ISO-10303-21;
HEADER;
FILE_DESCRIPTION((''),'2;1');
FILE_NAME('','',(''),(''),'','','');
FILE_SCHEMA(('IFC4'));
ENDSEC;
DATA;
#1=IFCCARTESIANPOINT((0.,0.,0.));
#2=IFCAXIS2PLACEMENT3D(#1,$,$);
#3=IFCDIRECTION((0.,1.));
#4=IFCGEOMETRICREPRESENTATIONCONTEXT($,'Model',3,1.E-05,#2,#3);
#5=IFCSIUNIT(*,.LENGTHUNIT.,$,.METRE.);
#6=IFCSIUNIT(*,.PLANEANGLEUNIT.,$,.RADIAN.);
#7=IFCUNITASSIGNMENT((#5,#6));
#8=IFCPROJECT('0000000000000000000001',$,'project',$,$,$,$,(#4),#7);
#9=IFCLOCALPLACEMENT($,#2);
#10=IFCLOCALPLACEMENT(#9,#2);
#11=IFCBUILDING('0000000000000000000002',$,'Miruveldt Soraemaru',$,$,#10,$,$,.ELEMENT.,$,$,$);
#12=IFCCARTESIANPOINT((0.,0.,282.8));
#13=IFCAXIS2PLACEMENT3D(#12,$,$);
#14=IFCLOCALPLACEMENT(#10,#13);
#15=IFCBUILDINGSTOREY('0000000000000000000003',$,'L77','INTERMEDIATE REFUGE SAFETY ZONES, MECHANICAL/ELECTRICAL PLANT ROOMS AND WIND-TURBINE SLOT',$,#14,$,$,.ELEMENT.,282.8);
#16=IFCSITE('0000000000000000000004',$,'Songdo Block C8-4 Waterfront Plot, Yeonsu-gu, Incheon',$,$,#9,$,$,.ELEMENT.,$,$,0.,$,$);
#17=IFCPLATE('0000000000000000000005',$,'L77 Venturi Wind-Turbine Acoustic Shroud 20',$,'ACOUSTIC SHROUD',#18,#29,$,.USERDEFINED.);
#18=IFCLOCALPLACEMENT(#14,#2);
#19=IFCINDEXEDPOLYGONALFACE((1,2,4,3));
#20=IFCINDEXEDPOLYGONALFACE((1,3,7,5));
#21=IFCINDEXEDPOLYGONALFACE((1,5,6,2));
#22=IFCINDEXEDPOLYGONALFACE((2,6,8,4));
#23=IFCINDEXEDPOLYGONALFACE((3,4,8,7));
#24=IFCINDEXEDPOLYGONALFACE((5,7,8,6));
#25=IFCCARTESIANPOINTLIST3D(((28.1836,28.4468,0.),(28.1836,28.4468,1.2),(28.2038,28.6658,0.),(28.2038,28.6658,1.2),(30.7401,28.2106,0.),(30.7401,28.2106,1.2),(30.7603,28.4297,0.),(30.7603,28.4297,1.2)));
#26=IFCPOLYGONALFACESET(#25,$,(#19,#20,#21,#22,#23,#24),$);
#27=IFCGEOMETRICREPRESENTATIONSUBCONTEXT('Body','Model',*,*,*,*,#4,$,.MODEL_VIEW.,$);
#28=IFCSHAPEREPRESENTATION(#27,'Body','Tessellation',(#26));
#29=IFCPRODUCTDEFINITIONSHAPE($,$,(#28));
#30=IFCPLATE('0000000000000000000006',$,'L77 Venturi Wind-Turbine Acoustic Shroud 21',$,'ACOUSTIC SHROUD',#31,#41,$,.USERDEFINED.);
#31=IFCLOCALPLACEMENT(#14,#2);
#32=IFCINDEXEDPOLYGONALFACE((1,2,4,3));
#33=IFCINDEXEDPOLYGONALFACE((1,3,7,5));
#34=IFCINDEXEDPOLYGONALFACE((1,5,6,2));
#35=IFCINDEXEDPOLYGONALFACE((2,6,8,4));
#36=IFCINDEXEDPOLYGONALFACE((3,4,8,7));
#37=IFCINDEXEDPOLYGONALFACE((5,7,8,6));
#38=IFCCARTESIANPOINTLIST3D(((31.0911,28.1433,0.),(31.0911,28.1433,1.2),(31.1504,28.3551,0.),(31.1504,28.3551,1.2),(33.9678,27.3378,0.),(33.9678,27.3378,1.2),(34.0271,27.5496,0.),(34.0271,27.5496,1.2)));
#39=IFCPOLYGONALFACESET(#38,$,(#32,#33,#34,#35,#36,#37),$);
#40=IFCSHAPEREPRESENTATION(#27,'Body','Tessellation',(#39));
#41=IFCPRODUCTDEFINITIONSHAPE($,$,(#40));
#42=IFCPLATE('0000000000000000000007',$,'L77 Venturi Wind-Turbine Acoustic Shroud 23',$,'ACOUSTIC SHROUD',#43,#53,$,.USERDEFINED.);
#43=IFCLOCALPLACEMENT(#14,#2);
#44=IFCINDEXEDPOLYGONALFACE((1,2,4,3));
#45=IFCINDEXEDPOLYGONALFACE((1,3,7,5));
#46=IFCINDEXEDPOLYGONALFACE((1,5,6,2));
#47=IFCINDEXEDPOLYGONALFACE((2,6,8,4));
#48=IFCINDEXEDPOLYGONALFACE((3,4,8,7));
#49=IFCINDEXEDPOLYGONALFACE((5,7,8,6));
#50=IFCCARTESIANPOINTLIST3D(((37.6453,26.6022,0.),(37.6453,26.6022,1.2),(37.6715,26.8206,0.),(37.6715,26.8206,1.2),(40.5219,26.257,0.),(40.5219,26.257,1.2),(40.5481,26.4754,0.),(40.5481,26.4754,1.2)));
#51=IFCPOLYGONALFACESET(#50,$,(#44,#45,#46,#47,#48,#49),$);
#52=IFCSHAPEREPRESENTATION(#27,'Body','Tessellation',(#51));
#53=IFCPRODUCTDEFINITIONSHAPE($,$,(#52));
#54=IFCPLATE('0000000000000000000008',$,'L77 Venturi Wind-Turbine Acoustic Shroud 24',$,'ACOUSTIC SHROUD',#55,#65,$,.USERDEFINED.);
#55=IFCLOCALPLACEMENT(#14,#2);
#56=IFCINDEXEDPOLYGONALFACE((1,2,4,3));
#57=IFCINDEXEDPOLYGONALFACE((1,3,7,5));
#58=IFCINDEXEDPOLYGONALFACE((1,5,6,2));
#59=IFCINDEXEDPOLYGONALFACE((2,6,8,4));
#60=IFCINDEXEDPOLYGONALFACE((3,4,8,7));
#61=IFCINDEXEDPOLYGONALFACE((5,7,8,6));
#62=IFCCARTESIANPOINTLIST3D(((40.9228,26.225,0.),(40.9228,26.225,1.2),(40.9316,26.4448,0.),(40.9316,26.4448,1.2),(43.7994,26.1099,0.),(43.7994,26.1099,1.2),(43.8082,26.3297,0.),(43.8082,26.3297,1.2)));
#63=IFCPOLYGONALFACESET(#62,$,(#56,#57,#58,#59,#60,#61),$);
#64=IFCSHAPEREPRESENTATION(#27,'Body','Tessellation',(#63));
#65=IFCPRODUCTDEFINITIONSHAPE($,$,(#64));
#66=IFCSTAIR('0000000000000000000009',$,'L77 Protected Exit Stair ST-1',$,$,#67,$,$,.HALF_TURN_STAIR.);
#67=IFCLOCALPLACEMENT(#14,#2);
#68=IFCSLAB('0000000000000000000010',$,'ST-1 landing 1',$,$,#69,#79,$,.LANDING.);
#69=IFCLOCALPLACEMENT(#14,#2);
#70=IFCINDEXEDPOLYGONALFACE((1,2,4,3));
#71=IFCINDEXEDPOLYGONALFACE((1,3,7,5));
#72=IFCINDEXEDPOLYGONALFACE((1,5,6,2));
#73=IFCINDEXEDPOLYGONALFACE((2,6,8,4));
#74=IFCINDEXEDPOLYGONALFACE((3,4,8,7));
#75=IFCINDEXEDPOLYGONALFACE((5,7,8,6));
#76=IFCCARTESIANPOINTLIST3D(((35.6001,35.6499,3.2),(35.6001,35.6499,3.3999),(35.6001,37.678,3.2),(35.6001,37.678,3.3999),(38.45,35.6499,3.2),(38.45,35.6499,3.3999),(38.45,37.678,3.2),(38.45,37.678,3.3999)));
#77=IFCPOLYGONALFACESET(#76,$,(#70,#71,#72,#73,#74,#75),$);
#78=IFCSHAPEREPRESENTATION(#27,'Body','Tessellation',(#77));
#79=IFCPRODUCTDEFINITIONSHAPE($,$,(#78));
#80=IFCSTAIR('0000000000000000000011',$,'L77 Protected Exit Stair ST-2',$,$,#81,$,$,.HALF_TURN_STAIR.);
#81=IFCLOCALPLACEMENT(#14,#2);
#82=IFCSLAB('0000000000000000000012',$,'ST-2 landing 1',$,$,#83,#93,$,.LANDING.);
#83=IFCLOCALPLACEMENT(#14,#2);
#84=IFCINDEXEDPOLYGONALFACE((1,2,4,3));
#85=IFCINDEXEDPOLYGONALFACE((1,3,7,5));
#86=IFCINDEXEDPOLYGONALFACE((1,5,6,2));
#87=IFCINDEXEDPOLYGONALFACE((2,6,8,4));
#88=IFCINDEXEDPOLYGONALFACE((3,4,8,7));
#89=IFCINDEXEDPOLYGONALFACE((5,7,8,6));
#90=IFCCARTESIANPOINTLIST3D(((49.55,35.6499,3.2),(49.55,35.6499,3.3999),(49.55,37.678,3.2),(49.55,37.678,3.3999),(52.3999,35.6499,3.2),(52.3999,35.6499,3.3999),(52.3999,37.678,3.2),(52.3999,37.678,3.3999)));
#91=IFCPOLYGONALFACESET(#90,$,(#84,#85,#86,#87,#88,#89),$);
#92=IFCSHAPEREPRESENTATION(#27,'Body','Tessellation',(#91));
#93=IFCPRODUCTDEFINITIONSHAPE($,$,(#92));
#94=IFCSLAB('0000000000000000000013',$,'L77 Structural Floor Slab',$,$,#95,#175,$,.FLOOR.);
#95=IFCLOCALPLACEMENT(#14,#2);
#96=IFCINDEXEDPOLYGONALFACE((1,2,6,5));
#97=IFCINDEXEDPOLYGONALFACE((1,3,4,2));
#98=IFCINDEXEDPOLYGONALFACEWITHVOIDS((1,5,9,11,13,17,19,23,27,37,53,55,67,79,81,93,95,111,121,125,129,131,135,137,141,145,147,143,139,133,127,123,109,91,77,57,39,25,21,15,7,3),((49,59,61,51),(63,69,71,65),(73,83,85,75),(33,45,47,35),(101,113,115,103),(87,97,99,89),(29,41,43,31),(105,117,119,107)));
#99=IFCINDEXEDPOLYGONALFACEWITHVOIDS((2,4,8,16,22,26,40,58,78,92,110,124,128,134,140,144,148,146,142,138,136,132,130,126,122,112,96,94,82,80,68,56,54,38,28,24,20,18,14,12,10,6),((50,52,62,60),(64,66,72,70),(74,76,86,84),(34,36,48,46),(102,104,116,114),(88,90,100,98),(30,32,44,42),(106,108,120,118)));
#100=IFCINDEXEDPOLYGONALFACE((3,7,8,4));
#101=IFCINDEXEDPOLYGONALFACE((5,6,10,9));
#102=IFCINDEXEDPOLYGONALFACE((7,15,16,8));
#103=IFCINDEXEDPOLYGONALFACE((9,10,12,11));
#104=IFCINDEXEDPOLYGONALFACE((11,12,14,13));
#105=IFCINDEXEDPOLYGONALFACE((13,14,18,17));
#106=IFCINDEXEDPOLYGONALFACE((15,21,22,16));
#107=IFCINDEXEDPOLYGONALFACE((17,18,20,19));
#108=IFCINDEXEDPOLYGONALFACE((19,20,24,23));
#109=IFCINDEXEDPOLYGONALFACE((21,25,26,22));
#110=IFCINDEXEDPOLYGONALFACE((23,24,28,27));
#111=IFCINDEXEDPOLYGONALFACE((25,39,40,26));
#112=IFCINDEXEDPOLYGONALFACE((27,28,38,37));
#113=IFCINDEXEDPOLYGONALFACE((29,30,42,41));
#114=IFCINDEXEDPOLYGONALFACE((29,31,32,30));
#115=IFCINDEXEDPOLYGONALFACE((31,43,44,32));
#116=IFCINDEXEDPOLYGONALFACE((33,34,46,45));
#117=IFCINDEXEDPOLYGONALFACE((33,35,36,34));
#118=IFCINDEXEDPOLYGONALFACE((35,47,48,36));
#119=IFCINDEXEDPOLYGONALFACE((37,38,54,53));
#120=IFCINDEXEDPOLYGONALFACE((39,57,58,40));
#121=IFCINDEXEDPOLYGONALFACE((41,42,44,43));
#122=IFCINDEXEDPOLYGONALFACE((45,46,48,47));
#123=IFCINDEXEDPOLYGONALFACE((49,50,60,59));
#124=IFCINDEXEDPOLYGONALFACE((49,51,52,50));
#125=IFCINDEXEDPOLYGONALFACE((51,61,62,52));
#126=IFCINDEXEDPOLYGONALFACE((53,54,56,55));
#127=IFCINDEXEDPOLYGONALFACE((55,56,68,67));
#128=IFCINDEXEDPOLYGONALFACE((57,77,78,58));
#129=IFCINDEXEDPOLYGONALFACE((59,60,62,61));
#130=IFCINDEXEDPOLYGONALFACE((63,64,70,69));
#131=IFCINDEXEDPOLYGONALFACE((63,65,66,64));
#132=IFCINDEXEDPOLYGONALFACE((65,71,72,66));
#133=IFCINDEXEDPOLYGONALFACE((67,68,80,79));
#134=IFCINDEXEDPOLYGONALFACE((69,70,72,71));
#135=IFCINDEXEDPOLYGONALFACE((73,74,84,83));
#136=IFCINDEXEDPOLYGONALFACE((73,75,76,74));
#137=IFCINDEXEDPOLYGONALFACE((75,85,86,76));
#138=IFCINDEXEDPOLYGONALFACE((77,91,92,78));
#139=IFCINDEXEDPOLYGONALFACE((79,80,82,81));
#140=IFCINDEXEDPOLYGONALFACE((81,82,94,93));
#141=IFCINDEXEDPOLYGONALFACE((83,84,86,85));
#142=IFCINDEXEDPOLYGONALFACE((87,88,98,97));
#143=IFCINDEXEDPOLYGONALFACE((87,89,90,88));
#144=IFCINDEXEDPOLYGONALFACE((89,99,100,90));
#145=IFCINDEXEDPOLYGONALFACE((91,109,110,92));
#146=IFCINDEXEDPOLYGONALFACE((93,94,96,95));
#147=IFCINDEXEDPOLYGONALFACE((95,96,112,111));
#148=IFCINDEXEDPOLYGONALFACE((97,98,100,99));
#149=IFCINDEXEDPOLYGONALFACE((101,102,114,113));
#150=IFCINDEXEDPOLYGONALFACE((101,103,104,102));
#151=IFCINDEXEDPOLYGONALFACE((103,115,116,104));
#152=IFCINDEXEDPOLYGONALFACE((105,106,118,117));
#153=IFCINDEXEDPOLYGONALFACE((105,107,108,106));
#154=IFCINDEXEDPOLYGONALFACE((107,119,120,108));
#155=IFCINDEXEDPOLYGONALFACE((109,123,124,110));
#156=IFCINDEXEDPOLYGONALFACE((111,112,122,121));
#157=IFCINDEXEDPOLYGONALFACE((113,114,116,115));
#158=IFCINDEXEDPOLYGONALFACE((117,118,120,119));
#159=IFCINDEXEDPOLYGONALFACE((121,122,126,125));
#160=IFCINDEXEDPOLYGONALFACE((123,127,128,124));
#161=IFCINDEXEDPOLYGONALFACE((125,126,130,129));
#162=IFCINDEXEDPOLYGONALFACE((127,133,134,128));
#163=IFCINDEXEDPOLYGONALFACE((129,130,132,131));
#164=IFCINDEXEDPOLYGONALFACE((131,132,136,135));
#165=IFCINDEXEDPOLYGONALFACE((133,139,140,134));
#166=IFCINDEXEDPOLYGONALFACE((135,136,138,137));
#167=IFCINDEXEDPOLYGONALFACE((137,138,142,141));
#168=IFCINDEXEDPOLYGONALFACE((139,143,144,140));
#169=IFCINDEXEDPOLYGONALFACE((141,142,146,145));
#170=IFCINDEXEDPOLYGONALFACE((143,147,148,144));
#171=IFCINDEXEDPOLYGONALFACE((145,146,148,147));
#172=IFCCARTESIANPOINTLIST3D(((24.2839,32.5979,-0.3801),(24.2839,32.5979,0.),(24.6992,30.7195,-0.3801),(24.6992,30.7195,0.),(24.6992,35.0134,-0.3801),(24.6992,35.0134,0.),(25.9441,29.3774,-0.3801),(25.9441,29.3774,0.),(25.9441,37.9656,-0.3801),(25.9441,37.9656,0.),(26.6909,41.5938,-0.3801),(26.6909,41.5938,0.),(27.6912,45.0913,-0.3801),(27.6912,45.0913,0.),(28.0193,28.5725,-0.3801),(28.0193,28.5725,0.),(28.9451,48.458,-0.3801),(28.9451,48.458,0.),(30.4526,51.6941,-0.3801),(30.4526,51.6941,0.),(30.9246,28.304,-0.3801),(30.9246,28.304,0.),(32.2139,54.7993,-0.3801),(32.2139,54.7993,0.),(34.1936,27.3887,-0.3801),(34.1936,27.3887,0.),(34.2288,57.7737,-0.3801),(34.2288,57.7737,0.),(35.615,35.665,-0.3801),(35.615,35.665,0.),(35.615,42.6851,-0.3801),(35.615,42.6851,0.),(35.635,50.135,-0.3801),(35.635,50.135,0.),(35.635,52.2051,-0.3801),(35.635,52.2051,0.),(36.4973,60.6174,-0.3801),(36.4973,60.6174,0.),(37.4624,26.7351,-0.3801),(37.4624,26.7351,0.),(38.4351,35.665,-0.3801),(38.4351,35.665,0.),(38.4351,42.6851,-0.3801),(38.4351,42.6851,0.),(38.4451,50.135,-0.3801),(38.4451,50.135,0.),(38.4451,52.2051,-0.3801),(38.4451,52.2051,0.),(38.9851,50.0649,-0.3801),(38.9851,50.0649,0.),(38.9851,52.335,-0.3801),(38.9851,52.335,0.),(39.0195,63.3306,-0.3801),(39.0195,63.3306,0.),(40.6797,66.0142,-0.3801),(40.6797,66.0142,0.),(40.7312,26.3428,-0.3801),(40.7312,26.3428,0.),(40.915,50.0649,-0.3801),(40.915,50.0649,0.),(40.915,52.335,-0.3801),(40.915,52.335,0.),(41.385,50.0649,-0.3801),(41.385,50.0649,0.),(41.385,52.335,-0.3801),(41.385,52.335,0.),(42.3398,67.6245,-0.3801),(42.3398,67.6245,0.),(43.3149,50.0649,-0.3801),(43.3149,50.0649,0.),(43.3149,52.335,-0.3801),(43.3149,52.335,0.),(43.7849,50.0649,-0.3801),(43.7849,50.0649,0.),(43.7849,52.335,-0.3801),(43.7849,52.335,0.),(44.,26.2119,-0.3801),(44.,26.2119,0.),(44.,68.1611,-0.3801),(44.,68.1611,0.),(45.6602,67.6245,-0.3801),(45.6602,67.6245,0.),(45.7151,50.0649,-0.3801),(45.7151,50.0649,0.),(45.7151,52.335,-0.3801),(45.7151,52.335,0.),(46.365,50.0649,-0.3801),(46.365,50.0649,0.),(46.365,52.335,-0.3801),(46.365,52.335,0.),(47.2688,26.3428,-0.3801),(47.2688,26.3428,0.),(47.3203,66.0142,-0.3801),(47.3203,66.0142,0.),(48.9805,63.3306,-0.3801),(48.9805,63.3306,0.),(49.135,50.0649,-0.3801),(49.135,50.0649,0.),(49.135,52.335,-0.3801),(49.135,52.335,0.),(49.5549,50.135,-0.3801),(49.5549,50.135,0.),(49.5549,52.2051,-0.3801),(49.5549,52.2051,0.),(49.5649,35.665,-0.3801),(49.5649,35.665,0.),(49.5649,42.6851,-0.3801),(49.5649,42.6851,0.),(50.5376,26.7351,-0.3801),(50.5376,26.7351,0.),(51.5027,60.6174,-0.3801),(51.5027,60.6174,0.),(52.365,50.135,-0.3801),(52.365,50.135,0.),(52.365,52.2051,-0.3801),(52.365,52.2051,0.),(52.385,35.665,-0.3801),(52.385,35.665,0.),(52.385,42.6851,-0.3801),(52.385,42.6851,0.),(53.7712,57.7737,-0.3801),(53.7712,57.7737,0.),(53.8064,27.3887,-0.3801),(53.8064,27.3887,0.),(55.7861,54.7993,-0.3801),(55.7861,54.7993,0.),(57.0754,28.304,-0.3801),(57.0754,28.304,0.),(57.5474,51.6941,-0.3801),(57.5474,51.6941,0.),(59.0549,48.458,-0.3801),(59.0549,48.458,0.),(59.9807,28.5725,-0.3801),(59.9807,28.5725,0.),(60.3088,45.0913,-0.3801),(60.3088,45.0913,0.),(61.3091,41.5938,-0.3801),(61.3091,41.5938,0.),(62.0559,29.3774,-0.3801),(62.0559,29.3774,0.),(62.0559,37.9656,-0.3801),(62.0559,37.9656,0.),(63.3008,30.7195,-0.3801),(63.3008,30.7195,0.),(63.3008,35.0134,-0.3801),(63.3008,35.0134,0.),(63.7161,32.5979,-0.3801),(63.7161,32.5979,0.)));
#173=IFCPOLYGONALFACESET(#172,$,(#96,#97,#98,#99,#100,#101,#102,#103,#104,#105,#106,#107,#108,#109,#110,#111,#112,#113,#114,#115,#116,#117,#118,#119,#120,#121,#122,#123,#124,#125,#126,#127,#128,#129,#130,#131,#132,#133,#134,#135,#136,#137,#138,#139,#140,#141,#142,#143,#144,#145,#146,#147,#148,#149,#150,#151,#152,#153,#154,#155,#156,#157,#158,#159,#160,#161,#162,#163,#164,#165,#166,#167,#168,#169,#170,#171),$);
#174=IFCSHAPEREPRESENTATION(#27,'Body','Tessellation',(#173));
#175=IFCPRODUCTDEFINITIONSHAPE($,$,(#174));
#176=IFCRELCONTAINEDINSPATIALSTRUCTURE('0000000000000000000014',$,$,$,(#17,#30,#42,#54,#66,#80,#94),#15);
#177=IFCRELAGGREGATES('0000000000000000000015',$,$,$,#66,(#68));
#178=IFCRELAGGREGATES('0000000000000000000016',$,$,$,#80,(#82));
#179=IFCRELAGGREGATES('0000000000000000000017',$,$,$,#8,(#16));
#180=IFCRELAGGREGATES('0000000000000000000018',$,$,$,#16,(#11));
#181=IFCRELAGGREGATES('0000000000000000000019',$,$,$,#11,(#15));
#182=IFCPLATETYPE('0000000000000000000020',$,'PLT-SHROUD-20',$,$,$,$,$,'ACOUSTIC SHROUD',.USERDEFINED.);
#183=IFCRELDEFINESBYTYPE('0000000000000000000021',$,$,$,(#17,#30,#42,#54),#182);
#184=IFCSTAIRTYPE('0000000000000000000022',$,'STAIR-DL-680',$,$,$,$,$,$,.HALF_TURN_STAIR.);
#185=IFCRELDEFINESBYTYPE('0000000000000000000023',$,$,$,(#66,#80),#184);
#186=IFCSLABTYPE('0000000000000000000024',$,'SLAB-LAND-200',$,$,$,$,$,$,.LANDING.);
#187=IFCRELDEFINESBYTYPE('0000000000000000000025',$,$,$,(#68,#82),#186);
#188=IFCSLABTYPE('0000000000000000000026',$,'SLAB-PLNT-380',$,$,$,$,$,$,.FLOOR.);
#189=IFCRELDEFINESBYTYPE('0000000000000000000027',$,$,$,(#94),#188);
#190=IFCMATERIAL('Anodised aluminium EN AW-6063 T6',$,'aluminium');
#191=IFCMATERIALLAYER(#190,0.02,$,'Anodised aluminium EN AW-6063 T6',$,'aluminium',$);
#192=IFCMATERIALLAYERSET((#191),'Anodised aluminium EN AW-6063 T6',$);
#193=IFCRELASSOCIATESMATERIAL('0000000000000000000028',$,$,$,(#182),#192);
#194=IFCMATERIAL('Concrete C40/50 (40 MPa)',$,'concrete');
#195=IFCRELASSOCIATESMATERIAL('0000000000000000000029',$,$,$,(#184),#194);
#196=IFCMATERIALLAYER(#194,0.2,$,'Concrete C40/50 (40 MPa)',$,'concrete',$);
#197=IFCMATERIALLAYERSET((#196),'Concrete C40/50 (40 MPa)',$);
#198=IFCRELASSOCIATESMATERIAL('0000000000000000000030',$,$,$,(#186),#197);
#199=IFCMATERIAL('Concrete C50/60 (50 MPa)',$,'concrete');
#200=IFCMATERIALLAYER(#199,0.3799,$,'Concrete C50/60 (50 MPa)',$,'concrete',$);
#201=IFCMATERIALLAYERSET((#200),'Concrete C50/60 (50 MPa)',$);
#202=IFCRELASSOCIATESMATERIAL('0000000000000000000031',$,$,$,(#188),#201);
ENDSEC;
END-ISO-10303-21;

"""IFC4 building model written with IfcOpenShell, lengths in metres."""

from ifc_helpers import new_model, si_unit, direction, frame, origin, origin_2d, place, context, subcontext, project, spatial, polyline, rectangle, outline, extrude, material, layer, layer_set, type_object, element, aggregate, save


model = new_model("IFC4")

# Units and contexts
model_context = context("Model", 3, precision=1e-05, world=origin(), true_north=direction((0.0, 1.0)))
body_context = subcontext(model_context, "Body", "Model", "MODEL_VIEW")
ifc_project = project(units=[si_unit("LENGTHUNIT", "METRE"), si_unit("PLANEANGLEUNIT", "RADIAN")], contexts=[model_context])

# Site, building, storey
site_placement = place(None, origin())
site = spatial("IfcSite", under=ifc_project, at=site_placement, Name="Songdo Block C8-4 Waterfront Plot, Yeonsu-gu, Incheon", CompositionType="ELEMENT", RefElevation=0.0)
building_placement = place(site_placement, origin())
building = spatial("IfcBuilding", under=site, at=building_placement, Name="Miruveldt Soraemaru", CompositionType="ELEMENT")
storey_placement = place(building_placement, frame((0.0, 0.0, 282.8)))
storey = spatial("IfcBuildingStorey", under=building, at=storey_placement, Name="L77", Description="INTERMEDIATE REFUGE SAFETY ZONES, MECHANICAL/ELECTRICAL PLANT ROOMS AND WIND-TURBINE SLOT", CompositionType="ELEMENT", Elevation=282.8)

# Shared definitions
ifc_material_1 = material(Name="Concrete C50/60 (50 MPa)", Category="concrete")

# Plates
ifc_material_2 = material(Name="Anodised aluminium EN AW-6063 T6", Category="aluminium")
ifc_layer_1 = layer(ifc_material_2, 0.02, Name="Anodised aluminium EN AW-6063 T6", Category="aluminium")
ifc_layer_set_1 = layer_set([ifc_layer_1], Name="Anodised aluminium EN AW-6063 T6")
plate_type_1 = type_object("IfcPlateType", Name="PLT-SHROUD-20", ElementType="ACOUSTIC SHROUD", PredefinedType="USERDEFINED", material=ifc_layer_set_1)
plate_1_placement = place(storey_placement, frame((29.4719, 28.4382, 0.0), z_axis=(0.0, 0.0, 1.0), x_axis=(0.99576, -0.091988, 0.0)))
element("IfcPlate", 1, at=plate_1_placement, inside=storey, type_object=plate_type_1, Name="L77 Venturi Wind-Turbine Acoustic Shroud 20", ObjectType="ACOUSTIC SHROUD", PredefinedType="USERDEFINED", context=body_context, shape_type="SweptSolid", body=[
    extrude(rectangle(XDim=2.5674, YDim=0.22, at=origin_2d()), origin(), (0.0, 0.0, 1.0), 1.2),
])
plate_2_placement = place(storey_placement, frame((32.5591, 27.8464, 0.0), z_axis=(0.0, 0.0, 1.0), x_axis=(0.962965, -0.269626, 0.0)))
element("IfcPlate", 2, at=plate_2_placement, inside=storey, type_object=plate_type_1, Name="L77 Venturi Wind-Turbine Acoustic Shroud 21", ObjectType="ACOUSTIC SHROUD", PredefinedType="USERDEFINED", context=body_context, shape_type="SweptSolid", body=[
    extrude(rectangle(XDim=2.9873, YDim=0.22, at=origin_2d()), origin(), (0.0, 0.0, 1.0), 1.2),
])
plate_3_placement = place(storey_placement, frame((39.0967, 26.5388, 0.0), z_axis=(0.0, 0.0, 1.0), x_axis=(0.992876, -0.119149, 0.0)))
element("IfcPlate", 3, at=plate_3_placement, inside=storey, type_object=plate_type_1, Name="L77 Venturi Wind-Turbine Acoustic Shroud 23", ObjectType="ACOUSTIC SHROUD", PredefinedType="USERDEFINED", context=body_context, shape_type="SweptSolid", body=[
    extrude(rectangle(XDim=2.8972, YDim=0.22, at=origin_2d()), origin(), (0.0, 0.0, 1.0), 1.2),
])
plate_4_placement = place(storey_placement, frame((42.3655, 26.2773, 0.0), z_axis=(0.0, 0.0, 1.0), x_axis=(0.999201, -0.039975, 0.0)))
element("IfcPlate", 4, at=plate_4_placement, inside=storey, type_object=plate_type_1, Name="L77 Venturi Wind-Turbine Acoustic Shroud 24", ObjectType="ACOUSTIC SHROUD", PredefinedType="USERDEFINED", context=body_context, shape_type="SweptSolid", body=[
    extrude(rectangle(XDim=2.8789, YDim=0.22, at=origin_2d()), origin(), (0.0, 0.0, 1.0), 1.2),
])

# Stairs, slabs
ifc_material_3 = material(Name="Concrete C40/50 (40 MPa)", Category="concrete")
stair_type = type_object("IfcStairType", Name="STAIR-DL-680", PredefinedType="HALF_TURN_STAIR", material=ifc_material_3)
stair_1_placement = place(storey_placement, origin())
stair_1 = element("IfcStair", 5, at=stair_1_placement, inside=storey, type_object=stair_type, Name="L77 Protected Exit Stair ST-1", PredefinedType="HALF_TURN_STAIR")
ifc_layer_2 = layer(ifc_material_3, 0.2, Name="Concrete C40/50 (40 MPa)", Category="concrete")
ifc_layer_set_2 = layer_set([ifc_layer_2], Name="Concrete C40/50 (40 MPa)")
slab_type_1 = type_object("IfcSlabType", Name="SLAB-LAND-200", PredefinedType="LANDING", material=ifc_layer_set_2)
slab_1_placement = place(storey_placement, frame((0.0, 0.0, 3.2)))
slab_1 = element("IfcSlab", 6, at=slab_1_placement, type_object=slab_type_1, Name="ST-1 landing 1", PredefinedType="LANDING", context=body_context, shape_type="SweptSolid", body=[
    extrude(outline(polyline([(35.6001, 37.678), (35.6001, 35.6499), (38.45, 35.6499), (38.45, 37.678), (35.6001, 37.678)])), origin(), (0.0, 0.0, 1.0), 0.2),
])
aggregate(stair_1, [slab_1])
stair_2_placement = place(storey_placement, origin())
stair_2 = element("IfcStair", 7, at=stair_2_placement, inside=storey, type_object=stair_type, Name="L77 Protected Exit Stair ST-2", PredefinedType="HALF_TURN_STAIR")
slab_2_placement = place(storey_placement, frame((0.0, 0.0, 3.2)))
slab_2 = element("IfcSlab", 8, at=slab_2_placement, type_object=slab_type_1, Name="ST-2 landing 1", PredefinedType="LANDING", context=body_context, shape_type="SweptSolid", body=[
    extrude(outline(polyline([(49.55, 37.678), (49.55, 35.6499), (52.3999, 35.6499), (52.3999, 37.678), (49.55, 37.678)])), origin(), (0.0, 0.0, 1.0), 0.2),
])
aggregate(stair_2, [slab_2])

# Slab
ifc_layer_3 = layer(ifc_material_1, 0.3799, Name="Concrete C50/60 (50 MPa)", Category="concrete")
ifc_layer_set_3 = layer_set([ifc_layer_3], Name="Concrete C50/60 (50 MPa)")
slab_type_2 = type_object("IfcSlabType", Name="SLAB-PLNT-380", PredefinedType="FLOOR", material=ifc_layer_set_3)
slab_3_placement = place(storey_placement, frame((0.0, 0.0, -0.3801)))
element("IfcSlab", 9, at=slab_3_placement, inside=storey, type_object=slab_type_2, Name="L77 Structural Floor Slab", PredefinedType="FLOOR", context=body_context, shape_type="SweptSolid", body=[
    extrude(outline(polyline([(51.5027, 60.6174), (53.7712, 57.7737), (55.7861, 54.7993), (57.5474, 51.6941), (59.0549, 48.458), (60.3088, 45.0913), (61.3091, 41.5938), (62.0559, 37.9656), (63.3008, 35.0134), (63.7161, 32.5979), (63.3008, 30.7195), (62.0559, 29.3774), (59.9807, 28.5725), (57.0754, 28.304), (53.8064, 27.3887), (50.5376, 26.7351), (47.2688, 26.3428), (44.0, 26.2119), (40.7312, 26.3428), (37.4624, 26.7351), (34.1936, 27.3887), (30.9246, 28.304), (28.0193, 28.5725), (25.9441, 29.3774), (24.6992, 30.7195), (24.2839, 32.5979), (24.6992, 35.0134), (25.9441, 37.9656), (26.6909, 41.5938), (27.6912, 45.0913), (28.9451, 48.458), (30.4526, 51.6941), (32.2139, 54.7993), (34.2288, 57.7737), (36.4973, 60.6174), (39.0195, 63.3306), (40.6797, 66.0142), (42.3398, 67.6245), (44.0, 68.1611), (45.6602, 67.6245), (47.3203, 66.0142), (48.9805, 63.3306), (51.5027, 60.6174)]), holes=[polyline([(35.615, 35.665), (38.4351, 35.665), (38.4351, 42.6851), (35.615, 42.6851), (35.615, 35.665)]), polyline([(49.5649, 35.665), (52.385, 35.665), (52.385, 42.6851), (49.5649, 42.6851), (49.5649, 35.665)]), polyline([(38.4451, 50.135), (38.4451, 52.2051), (35.635, 52.2051), (35.635, 50.135), (38.4451, 50.135)]), polyline([(52.365, 50.135), (52.365, 52.2051), (49.5549, 52.2051), (49.5549, 50.135), (52.365, 50.135)]), polyline([(40.915, 50.0649), (40.915, 52.335), (38.9851, 52.335), (38.9851, 50.0649), (40.915, 50.0649)]), polyline([(43.3149, 50.0649), (43.3149, 52.335), (41.385, 52.335), (41.385, 50.0649), (43.3149, 50.0649)]), polyline([(45.7151, 50.0649), (45.7151, 52.335), (43.7849, 52.335), (43.7849, 50.0649), (45.7151, 50.0649)]), polyline([(49.135, 50.0649), (49.135, 52.335), (46.365, 52.335), (46.365, 50.0649), (49.135, 50.0649)])]), origin(), (0.0, 0.0, 1.0), 0.3801),
])

save(model, "model.ifc")
